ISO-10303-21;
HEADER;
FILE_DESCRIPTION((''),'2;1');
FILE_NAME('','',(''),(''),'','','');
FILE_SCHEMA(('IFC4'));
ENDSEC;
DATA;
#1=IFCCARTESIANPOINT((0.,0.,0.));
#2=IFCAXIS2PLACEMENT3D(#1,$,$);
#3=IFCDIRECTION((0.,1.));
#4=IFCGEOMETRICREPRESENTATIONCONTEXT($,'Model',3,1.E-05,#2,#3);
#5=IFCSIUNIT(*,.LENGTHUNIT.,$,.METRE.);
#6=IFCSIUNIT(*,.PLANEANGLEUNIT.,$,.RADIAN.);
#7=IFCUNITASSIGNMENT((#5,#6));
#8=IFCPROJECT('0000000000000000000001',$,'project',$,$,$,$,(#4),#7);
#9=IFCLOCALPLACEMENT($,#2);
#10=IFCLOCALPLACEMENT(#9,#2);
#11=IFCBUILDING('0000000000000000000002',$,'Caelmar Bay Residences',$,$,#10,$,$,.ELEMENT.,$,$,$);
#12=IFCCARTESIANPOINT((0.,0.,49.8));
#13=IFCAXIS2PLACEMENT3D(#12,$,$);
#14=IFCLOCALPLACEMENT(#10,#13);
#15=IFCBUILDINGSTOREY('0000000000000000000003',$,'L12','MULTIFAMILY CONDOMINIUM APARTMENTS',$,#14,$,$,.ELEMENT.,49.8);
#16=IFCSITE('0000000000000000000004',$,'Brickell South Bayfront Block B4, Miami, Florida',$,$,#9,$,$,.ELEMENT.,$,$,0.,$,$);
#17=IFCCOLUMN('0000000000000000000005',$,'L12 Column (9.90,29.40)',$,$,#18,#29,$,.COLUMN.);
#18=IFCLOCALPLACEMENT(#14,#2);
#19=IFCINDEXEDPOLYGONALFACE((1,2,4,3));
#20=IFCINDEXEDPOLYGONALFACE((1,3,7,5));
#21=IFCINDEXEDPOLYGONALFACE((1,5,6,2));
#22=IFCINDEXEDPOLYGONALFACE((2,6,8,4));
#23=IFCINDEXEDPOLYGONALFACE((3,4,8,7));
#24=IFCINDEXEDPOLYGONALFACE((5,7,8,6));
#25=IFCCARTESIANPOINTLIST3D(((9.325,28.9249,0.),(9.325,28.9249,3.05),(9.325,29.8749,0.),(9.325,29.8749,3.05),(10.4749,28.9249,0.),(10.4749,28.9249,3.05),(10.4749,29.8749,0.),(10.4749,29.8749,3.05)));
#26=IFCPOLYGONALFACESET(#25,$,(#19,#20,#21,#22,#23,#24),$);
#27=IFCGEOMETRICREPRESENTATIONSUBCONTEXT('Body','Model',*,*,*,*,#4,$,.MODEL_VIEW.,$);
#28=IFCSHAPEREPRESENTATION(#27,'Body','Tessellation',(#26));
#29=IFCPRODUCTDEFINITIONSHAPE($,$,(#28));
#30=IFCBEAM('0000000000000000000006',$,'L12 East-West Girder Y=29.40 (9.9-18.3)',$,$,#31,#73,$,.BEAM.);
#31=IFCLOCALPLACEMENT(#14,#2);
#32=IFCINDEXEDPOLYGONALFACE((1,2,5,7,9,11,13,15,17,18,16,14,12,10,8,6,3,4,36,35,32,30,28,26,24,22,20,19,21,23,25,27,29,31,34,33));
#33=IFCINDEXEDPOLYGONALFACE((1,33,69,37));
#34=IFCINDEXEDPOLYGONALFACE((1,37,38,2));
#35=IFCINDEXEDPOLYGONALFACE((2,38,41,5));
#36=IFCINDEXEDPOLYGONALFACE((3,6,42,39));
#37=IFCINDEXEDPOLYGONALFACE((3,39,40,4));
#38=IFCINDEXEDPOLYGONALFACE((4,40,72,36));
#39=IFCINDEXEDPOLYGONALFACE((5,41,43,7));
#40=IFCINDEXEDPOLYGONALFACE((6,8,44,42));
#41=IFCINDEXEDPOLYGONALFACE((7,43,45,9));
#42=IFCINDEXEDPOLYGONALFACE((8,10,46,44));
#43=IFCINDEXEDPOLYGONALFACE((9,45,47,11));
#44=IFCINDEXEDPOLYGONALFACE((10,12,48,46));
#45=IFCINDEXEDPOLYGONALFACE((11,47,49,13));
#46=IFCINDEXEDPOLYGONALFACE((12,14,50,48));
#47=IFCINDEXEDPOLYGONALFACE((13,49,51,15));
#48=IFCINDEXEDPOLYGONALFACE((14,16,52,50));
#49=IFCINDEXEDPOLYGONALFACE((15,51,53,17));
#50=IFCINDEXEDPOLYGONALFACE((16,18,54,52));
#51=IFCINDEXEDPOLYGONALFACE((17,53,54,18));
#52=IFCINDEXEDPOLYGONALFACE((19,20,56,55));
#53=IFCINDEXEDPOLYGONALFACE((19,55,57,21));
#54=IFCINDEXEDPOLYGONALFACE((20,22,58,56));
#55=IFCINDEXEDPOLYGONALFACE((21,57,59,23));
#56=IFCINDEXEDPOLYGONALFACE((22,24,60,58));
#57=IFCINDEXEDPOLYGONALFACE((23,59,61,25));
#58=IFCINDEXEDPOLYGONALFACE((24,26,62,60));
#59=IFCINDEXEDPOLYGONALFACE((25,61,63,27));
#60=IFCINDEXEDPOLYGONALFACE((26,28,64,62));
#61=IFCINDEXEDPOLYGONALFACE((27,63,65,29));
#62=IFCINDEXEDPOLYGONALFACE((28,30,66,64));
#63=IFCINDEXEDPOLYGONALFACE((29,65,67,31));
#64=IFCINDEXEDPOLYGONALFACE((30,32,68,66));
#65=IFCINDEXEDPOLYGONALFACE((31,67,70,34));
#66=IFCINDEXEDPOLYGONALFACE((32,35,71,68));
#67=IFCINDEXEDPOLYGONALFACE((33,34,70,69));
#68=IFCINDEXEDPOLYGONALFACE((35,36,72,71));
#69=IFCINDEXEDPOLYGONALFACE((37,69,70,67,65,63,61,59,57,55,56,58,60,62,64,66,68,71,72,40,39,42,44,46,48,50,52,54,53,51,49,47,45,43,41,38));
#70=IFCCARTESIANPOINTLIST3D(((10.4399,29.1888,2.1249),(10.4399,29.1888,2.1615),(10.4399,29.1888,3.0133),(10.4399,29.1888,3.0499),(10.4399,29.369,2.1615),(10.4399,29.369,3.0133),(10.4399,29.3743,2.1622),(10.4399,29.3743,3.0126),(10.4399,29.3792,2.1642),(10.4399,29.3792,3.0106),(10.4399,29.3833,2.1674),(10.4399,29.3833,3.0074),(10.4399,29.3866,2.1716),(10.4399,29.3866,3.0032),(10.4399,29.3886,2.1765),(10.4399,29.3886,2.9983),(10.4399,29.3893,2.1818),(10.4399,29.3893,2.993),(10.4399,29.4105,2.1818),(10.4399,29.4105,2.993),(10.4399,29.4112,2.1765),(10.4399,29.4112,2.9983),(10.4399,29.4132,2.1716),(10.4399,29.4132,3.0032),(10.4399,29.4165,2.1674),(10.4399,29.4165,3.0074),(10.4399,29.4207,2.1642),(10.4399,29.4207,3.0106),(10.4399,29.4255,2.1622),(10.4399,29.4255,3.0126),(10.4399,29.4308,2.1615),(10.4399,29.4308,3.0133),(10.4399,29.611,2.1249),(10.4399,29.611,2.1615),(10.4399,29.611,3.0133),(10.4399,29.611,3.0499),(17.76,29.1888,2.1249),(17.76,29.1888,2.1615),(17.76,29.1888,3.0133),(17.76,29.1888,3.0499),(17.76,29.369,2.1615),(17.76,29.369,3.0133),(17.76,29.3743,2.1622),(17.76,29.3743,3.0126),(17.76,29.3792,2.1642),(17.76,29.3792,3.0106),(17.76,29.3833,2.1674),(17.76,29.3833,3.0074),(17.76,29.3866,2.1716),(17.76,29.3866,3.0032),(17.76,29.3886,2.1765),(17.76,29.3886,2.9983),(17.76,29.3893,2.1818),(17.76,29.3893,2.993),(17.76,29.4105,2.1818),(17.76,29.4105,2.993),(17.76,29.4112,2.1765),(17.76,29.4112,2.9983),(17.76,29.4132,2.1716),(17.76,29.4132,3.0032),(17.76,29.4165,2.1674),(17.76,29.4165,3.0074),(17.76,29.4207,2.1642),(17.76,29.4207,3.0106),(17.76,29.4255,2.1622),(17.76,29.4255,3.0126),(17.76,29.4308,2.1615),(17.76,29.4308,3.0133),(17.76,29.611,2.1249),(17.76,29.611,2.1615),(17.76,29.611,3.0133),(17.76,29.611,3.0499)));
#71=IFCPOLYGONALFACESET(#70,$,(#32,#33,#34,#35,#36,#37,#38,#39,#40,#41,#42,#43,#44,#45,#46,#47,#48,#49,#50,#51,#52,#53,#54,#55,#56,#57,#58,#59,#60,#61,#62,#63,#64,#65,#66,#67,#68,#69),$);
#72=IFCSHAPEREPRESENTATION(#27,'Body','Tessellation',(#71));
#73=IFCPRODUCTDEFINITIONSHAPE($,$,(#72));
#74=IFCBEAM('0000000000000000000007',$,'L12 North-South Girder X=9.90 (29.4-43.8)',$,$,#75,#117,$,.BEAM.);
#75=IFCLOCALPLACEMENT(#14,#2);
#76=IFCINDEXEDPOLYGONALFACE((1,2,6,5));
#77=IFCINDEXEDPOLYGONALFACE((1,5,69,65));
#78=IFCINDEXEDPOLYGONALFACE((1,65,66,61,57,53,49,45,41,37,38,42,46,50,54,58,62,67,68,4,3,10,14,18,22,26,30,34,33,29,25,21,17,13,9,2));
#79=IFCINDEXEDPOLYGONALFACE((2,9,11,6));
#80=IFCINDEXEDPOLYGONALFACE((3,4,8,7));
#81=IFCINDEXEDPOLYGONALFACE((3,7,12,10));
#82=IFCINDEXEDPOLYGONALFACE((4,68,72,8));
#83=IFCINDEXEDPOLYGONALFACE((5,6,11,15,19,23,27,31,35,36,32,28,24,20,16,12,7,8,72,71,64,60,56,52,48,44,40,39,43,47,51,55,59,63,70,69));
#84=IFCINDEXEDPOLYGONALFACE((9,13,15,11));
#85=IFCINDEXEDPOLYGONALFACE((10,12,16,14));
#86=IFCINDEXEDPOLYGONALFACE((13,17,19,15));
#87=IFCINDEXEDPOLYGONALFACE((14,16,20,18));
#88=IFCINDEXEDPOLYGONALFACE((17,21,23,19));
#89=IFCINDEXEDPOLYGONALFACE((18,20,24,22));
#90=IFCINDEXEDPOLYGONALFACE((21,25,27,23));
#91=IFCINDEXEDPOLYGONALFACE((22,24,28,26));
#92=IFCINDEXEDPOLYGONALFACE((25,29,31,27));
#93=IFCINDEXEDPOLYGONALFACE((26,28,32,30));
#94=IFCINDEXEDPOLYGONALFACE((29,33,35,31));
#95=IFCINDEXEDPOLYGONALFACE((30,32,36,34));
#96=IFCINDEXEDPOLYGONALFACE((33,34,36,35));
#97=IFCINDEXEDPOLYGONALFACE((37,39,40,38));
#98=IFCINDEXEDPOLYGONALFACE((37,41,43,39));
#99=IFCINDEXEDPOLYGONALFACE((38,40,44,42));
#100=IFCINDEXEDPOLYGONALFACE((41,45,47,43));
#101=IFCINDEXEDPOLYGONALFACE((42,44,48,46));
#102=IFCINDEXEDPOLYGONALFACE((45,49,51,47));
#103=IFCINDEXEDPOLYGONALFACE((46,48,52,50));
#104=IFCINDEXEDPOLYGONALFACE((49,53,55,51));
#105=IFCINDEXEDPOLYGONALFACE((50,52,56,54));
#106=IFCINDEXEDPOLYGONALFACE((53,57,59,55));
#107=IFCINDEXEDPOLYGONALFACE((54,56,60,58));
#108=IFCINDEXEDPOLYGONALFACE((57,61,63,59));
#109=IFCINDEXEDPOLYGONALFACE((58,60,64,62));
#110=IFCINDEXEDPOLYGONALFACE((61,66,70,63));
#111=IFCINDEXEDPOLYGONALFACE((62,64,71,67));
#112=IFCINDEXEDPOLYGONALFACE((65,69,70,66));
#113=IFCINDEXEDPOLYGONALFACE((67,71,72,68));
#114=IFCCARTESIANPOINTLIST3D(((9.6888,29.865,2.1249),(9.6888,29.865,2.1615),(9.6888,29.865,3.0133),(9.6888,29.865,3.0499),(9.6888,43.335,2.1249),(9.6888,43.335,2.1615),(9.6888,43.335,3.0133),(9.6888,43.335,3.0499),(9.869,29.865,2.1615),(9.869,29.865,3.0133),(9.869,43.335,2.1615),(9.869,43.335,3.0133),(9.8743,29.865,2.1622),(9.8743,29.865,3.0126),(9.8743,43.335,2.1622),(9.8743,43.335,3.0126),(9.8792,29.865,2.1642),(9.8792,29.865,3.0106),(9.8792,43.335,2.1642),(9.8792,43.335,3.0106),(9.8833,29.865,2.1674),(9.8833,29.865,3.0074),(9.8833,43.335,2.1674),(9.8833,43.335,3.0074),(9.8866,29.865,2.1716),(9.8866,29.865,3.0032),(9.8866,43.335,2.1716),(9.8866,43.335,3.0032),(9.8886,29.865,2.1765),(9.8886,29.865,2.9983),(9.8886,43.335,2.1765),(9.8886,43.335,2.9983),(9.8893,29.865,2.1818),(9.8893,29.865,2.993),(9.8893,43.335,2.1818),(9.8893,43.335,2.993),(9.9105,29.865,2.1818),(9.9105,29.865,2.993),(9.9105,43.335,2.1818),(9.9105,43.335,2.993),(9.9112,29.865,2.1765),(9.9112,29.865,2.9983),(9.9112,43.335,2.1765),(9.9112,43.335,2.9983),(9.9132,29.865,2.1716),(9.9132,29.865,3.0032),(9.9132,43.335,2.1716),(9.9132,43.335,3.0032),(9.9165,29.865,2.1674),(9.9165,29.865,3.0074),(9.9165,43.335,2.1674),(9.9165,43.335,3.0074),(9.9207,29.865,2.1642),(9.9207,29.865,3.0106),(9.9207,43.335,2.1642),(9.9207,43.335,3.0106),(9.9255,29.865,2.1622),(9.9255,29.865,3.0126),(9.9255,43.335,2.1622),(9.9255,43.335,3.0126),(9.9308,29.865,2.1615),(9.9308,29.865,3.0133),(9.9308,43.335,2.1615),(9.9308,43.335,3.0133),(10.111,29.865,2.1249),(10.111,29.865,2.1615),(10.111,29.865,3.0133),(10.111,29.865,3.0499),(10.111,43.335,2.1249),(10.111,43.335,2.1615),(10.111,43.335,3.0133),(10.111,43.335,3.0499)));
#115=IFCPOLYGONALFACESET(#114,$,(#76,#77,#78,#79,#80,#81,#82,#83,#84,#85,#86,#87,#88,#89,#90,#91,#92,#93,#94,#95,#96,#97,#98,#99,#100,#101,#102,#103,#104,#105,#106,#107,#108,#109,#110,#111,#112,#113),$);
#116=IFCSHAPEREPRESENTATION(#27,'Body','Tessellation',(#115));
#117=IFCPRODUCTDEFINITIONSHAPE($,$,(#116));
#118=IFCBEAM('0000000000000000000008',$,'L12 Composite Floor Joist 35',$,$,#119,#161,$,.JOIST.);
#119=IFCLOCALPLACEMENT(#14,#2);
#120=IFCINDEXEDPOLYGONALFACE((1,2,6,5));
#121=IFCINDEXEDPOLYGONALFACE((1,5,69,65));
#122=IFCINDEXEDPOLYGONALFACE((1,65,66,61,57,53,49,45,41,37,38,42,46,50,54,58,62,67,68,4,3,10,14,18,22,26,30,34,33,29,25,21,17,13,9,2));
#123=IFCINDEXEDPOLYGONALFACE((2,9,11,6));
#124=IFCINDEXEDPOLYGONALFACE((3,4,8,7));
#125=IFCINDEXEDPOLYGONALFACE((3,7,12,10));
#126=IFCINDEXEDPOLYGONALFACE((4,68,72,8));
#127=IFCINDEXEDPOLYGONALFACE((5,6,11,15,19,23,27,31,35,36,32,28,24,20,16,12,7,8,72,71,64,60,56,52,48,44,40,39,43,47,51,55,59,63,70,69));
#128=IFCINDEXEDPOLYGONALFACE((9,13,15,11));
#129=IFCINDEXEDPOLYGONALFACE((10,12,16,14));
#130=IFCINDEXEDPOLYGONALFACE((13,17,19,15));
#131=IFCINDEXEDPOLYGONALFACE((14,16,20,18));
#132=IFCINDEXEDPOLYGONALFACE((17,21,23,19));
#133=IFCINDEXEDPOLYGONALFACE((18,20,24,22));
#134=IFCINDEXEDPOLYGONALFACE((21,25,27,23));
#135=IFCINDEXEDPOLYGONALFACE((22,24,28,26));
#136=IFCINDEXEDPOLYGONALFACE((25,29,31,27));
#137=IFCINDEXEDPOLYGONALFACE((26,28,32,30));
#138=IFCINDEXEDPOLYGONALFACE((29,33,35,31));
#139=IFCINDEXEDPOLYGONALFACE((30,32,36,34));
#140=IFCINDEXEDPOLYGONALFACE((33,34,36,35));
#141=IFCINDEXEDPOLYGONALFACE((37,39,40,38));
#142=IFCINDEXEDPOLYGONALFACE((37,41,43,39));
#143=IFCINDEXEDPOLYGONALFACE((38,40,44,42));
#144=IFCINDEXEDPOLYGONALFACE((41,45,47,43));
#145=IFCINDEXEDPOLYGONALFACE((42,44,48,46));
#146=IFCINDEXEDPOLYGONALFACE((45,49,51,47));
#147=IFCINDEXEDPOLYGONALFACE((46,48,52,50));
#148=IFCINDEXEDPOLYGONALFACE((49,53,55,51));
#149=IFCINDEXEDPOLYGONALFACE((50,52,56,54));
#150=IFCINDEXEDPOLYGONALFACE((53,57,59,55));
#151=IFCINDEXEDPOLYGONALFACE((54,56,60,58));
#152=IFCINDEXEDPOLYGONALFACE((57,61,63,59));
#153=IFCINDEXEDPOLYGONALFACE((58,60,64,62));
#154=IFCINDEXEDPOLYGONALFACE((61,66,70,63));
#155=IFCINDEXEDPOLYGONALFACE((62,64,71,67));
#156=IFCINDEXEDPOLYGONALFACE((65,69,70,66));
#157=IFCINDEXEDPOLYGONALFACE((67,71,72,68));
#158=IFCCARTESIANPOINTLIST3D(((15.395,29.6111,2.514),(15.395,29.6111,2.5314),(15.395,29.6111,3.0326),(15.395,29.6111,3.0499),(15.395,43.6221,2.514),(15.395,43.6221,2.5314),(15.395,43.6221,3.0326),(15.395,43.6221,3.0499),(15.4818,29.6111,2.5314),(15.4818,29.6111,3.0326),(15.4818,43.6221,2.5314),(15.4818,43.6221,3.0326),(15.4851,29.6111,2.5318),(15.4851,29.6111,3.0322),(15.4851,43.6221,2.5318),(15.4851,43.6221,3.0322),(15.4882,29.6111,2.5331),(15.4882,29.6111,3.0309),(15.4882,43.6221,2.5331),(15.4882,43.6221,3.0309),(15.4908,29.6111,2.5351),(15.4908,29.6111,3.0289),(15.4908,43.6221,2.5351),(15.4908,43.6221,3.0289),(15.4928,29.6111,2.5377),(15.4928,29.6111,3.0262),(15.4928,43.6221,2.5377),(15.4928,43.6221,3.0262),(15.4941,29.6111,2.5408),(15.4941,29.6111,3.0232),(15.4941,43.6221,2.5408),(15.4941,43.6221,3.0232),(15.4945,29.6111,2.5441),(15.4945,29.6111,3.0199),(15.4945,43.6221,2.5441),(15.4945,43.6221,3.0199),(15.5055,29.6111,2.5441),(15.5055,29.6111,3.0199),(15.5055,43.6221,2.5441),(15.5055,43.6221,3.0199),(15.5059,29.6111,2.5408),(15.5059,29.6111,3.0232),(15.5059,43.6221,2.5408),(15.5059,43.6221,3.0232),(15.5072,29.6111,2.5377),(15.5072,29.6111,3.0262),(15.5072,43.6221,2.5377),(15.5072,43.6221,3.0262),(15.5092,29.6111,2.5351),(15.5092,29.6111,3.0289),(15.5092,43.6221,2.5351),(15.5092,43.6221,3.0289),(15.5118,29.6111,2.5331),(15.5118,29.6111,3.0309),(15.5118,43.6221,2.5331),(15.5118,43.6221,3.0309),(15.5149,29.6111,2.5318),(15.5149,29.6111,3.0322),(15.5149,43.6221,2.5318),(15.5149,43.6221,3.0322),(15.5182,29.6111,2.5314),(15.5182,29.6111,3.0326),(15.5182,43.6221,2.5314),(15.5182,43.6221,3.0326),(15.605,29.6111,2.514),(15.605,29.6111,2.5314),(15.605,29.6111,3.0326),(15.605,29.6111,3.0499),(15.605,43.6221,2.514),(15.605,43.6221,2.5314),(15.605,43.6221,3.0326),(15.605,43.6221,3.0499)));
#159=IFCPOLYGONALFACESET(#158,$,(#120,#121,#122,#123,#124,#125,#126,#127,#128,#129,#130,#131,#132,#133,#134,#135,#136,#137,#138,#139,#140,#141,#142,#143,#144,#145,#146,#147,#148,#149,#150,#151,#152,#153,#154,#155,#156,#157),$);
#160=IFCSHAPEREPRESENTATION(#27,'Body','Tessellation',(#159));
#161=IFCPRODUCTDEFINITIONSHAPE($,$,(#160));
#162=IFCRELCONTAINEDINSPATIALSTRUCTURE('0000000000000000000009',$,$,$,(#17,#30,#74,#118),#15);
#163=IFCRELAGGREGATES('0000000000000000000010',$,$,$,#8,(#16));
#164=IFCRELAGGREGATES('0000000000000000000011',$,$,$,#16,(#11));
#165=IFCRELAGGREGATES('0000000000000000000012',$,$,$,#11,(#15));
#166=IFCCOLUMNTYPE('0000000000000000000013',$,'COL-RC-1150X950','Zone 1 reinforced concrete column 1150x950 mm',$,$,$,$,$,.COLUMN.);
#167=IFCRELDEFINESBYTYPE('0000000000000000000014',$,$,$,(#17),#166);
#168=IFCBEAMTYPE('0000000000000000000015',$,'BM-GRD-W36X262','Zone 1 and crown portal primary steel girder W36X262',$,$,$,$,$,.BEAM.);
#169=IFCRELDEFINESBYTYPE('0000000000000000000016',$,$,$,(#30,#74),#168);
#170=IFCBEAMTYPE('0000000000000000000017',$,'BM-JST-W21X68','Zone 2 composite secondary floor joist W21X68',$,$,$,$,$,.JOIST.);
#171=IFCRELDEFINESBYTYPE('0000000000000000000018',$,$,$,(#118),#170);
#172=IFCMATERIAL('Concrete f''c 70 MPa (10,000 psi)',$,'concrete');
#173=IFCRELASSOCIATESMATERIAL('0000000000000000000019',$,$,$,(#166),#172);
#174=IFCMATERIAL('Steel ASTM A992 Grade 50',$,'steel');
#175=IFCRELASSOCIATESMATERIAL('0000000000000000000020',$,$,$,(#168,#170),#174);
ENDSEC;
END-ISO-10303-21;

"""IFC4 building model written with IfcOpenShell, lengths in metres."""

from ifc_helpers import new_model, si_unit, direction, frame, origin, origin_2d, place, context, subcontext, project, spatial, rectangle, i_section, extrude, material, material_profile, profile_set, type_object, element, save


model = new_model("IFC4")

# Units and contexts
model_context = context("Model", 3, precision=1e-05, world=origin(), true_north=direction((0.0, 1.0)))
body_context = subcontext(model_context, "Body", "Model", "MODEL_VIEW")
ifc_project = project(units=[si_unit("LENGTHUNIT", "METRE"), si_unit("PLANEANGLEUNIT", "RADIAN")], contexts=[model_context])

# Site, building, storey
site_placement = place(None, origin())
site = spatial("IfcSite", under=ifc_project, at=site_placement, Name="Brickell South Bayfront Block B4, Miami, Florida", CompositionType="ELEMENT", RefElevation=0.0)
building_placement = place(site_placement, origin())
building = spatial("IfcBuilding", under=site, at=building_placement, Name="Caelmar Bay Residences", CompositionType="ELEMENT")
storey_placement = place(building_placement, frame((0.0, 0.0, 49.8)))
storey = spatial("IfcBuildingStorey", under=building, at=storey_placement, Name="L12", Description="MULTIFAMILY CONDOMINIUM APARTMENTS", CompositionType="ELEMENT", Elevation=49.8)

# Column
ifc_material_1 = material(Name="Concrete f'c 70 MPa (10,000 psi)", Category="concrete")
ifc_material_profile_1 = material_profile(ifc_material_1, rectangle(XDim=1.1499, YDim=0.95, at=origin_2d()), Name="RC-COL-1150X950")
ifc_profile_set_1 = profile_set([ifc_material_profile_1], Name="Concrete f'c 70 MPa (10,000 psi)")
column_type = type_object("IfcColumnType", Name="COL-RC-1150X950", Description="Zone 1 reinforced concrete column 1150x950 mm", PredefinedType="COLUMN", material=ifc_profile_set_1)
column_placement = place(storey_placement, frame((9.8999, 29.3999, 0.0), z_axis=(0.0, 0.0, 1.0), x_axis=(1.0, 0.0, 0.0)))
element("IfcColumn", 1, at=column_placement, inside=storey, type_object=column_type, Name="L12 Column (9.90,29.40)", PredefinedType="COLUMN", context=body_context, shape_type="SweptSolid", body=[
    extrude(rectangle(XDim=1.1499, YDim=0.95, at=origin_2d()), origin(), (0.0, 0.0, 1.0), 3.05),
])

# Beams
ifc_material_2 = material(Name="Steel ASTM A992 Grade 50", Category="steel")
ifc_material_profile_2 = material_profile(ifc_material_2, i_section(OverallWidth=0.4221, OverallDepth=0.925, WebThickness=0.0212, FlangeThickness=0.0366, FilletRadius=0.0203, at=origin_2d()), Name="W36X262")
ifc_profile_set_2 = profile_set([ifc_material_profile_2], Name="Steel ASTM A992 Grade 50")
beam_type_1 = type_object("IfcBeamType", Name="BM-GRD-W36X262", Description="Zone 1 and crown portal primary steel girder W36X262", PredefinedType="BEAM", material=ifc_profile_set_2)
beam_1_placement = place(storey_placement, frame((10.4399, 29.3999, 2.5874), z_axis=(1.0, 0.0, 0.0), x_axis=(0.0, 1.0, 0.0)))
element("IfcBeam", 2, at=beam_1_placement, inside=storey, type_object=beam_type_1, Name="L12 East-West Girder Y=29.40 (9.9-18.3)", PredefinedType="BEAM", context=body_context, shape_type="SweptSolid", body=[
    extrude(i_section(OverallWidth=0.4221, OverallDepth=0.925, WebThickness=0.0212, FlangeThickness=0.0366, FilletRadius=0.0203, at=origin_2d()), origin(), (0.0, 0.0, 1.0), 7.3201),
])
beam_2_placement = place(storey_placement, frame((9.8999, 29.865, 2.5874), z_axis=(0.0, 1.0, 0.0), x_axis=(-1.0, 0.0, 0.0)))
element("IfcBeam", 3, at=beam_2_placement, inside=storey, type_object=beam_type_1, Name="L12 North-South Girder X=9.90 (29.4-43.8)", PredefinedType="BEAM", context=body_context, shape_type="SweptSolid", body=[
    extrude(i_section(OverallWidth=0.4221, OverallDepth=0.925, WebThickness=0.0212, FlangeThickness=0.0366, FilletRadius=0.0203, at=origin_2d()), origin(), (0.0, 0.0, 1.0), 13.47),
])
ifc_material_profile_3 = material_profile(ifc_material_2, i_section(OverallWidth=0.21, OverallDepth=0.5359, WebThickness=0.011, FlangeThickness=0.0173, FilletRadius=0.0127, at=origin_2d()), Name="W21X68")
ifc_profile_set_3 = profile_set([ifc_material_profile_3], Name="Steel ASTM A992 Grade 50")
beam_type_2 = type_object("IfcBeamType", Name="BM-JST-W21X68", Description="Zone 2 composite secondary floor joist W21X68", PredefinedType="JOIST", material=ifc_profile_set_3)
beam_3_placement = place(storey_placement, frame((15.5, 29.6111, 2.782), z_axis=(0.0, 1.0, 0.0), x_axis=(-1.0, 0.0, 0.0)))
element("IfcBeam", 4, at=beam_3_placement, inside=storey, type_object=beam_type_2, Name="L12 Composite Floor Joist 35", PredefinedType="JOIST", context=body_context, shape_type="SweptSolid", body=[
    extrude(i_section(OverallWidth=0.21, OverallDepth=0.5359, WebThickness=0.011, FlangeThickness=0.0173, FilletRadius=0.0127, at=origin_2d()), origin(), (0.0, 0.0, 1.0), 14.011),
])

save(model, "model.ifc")
